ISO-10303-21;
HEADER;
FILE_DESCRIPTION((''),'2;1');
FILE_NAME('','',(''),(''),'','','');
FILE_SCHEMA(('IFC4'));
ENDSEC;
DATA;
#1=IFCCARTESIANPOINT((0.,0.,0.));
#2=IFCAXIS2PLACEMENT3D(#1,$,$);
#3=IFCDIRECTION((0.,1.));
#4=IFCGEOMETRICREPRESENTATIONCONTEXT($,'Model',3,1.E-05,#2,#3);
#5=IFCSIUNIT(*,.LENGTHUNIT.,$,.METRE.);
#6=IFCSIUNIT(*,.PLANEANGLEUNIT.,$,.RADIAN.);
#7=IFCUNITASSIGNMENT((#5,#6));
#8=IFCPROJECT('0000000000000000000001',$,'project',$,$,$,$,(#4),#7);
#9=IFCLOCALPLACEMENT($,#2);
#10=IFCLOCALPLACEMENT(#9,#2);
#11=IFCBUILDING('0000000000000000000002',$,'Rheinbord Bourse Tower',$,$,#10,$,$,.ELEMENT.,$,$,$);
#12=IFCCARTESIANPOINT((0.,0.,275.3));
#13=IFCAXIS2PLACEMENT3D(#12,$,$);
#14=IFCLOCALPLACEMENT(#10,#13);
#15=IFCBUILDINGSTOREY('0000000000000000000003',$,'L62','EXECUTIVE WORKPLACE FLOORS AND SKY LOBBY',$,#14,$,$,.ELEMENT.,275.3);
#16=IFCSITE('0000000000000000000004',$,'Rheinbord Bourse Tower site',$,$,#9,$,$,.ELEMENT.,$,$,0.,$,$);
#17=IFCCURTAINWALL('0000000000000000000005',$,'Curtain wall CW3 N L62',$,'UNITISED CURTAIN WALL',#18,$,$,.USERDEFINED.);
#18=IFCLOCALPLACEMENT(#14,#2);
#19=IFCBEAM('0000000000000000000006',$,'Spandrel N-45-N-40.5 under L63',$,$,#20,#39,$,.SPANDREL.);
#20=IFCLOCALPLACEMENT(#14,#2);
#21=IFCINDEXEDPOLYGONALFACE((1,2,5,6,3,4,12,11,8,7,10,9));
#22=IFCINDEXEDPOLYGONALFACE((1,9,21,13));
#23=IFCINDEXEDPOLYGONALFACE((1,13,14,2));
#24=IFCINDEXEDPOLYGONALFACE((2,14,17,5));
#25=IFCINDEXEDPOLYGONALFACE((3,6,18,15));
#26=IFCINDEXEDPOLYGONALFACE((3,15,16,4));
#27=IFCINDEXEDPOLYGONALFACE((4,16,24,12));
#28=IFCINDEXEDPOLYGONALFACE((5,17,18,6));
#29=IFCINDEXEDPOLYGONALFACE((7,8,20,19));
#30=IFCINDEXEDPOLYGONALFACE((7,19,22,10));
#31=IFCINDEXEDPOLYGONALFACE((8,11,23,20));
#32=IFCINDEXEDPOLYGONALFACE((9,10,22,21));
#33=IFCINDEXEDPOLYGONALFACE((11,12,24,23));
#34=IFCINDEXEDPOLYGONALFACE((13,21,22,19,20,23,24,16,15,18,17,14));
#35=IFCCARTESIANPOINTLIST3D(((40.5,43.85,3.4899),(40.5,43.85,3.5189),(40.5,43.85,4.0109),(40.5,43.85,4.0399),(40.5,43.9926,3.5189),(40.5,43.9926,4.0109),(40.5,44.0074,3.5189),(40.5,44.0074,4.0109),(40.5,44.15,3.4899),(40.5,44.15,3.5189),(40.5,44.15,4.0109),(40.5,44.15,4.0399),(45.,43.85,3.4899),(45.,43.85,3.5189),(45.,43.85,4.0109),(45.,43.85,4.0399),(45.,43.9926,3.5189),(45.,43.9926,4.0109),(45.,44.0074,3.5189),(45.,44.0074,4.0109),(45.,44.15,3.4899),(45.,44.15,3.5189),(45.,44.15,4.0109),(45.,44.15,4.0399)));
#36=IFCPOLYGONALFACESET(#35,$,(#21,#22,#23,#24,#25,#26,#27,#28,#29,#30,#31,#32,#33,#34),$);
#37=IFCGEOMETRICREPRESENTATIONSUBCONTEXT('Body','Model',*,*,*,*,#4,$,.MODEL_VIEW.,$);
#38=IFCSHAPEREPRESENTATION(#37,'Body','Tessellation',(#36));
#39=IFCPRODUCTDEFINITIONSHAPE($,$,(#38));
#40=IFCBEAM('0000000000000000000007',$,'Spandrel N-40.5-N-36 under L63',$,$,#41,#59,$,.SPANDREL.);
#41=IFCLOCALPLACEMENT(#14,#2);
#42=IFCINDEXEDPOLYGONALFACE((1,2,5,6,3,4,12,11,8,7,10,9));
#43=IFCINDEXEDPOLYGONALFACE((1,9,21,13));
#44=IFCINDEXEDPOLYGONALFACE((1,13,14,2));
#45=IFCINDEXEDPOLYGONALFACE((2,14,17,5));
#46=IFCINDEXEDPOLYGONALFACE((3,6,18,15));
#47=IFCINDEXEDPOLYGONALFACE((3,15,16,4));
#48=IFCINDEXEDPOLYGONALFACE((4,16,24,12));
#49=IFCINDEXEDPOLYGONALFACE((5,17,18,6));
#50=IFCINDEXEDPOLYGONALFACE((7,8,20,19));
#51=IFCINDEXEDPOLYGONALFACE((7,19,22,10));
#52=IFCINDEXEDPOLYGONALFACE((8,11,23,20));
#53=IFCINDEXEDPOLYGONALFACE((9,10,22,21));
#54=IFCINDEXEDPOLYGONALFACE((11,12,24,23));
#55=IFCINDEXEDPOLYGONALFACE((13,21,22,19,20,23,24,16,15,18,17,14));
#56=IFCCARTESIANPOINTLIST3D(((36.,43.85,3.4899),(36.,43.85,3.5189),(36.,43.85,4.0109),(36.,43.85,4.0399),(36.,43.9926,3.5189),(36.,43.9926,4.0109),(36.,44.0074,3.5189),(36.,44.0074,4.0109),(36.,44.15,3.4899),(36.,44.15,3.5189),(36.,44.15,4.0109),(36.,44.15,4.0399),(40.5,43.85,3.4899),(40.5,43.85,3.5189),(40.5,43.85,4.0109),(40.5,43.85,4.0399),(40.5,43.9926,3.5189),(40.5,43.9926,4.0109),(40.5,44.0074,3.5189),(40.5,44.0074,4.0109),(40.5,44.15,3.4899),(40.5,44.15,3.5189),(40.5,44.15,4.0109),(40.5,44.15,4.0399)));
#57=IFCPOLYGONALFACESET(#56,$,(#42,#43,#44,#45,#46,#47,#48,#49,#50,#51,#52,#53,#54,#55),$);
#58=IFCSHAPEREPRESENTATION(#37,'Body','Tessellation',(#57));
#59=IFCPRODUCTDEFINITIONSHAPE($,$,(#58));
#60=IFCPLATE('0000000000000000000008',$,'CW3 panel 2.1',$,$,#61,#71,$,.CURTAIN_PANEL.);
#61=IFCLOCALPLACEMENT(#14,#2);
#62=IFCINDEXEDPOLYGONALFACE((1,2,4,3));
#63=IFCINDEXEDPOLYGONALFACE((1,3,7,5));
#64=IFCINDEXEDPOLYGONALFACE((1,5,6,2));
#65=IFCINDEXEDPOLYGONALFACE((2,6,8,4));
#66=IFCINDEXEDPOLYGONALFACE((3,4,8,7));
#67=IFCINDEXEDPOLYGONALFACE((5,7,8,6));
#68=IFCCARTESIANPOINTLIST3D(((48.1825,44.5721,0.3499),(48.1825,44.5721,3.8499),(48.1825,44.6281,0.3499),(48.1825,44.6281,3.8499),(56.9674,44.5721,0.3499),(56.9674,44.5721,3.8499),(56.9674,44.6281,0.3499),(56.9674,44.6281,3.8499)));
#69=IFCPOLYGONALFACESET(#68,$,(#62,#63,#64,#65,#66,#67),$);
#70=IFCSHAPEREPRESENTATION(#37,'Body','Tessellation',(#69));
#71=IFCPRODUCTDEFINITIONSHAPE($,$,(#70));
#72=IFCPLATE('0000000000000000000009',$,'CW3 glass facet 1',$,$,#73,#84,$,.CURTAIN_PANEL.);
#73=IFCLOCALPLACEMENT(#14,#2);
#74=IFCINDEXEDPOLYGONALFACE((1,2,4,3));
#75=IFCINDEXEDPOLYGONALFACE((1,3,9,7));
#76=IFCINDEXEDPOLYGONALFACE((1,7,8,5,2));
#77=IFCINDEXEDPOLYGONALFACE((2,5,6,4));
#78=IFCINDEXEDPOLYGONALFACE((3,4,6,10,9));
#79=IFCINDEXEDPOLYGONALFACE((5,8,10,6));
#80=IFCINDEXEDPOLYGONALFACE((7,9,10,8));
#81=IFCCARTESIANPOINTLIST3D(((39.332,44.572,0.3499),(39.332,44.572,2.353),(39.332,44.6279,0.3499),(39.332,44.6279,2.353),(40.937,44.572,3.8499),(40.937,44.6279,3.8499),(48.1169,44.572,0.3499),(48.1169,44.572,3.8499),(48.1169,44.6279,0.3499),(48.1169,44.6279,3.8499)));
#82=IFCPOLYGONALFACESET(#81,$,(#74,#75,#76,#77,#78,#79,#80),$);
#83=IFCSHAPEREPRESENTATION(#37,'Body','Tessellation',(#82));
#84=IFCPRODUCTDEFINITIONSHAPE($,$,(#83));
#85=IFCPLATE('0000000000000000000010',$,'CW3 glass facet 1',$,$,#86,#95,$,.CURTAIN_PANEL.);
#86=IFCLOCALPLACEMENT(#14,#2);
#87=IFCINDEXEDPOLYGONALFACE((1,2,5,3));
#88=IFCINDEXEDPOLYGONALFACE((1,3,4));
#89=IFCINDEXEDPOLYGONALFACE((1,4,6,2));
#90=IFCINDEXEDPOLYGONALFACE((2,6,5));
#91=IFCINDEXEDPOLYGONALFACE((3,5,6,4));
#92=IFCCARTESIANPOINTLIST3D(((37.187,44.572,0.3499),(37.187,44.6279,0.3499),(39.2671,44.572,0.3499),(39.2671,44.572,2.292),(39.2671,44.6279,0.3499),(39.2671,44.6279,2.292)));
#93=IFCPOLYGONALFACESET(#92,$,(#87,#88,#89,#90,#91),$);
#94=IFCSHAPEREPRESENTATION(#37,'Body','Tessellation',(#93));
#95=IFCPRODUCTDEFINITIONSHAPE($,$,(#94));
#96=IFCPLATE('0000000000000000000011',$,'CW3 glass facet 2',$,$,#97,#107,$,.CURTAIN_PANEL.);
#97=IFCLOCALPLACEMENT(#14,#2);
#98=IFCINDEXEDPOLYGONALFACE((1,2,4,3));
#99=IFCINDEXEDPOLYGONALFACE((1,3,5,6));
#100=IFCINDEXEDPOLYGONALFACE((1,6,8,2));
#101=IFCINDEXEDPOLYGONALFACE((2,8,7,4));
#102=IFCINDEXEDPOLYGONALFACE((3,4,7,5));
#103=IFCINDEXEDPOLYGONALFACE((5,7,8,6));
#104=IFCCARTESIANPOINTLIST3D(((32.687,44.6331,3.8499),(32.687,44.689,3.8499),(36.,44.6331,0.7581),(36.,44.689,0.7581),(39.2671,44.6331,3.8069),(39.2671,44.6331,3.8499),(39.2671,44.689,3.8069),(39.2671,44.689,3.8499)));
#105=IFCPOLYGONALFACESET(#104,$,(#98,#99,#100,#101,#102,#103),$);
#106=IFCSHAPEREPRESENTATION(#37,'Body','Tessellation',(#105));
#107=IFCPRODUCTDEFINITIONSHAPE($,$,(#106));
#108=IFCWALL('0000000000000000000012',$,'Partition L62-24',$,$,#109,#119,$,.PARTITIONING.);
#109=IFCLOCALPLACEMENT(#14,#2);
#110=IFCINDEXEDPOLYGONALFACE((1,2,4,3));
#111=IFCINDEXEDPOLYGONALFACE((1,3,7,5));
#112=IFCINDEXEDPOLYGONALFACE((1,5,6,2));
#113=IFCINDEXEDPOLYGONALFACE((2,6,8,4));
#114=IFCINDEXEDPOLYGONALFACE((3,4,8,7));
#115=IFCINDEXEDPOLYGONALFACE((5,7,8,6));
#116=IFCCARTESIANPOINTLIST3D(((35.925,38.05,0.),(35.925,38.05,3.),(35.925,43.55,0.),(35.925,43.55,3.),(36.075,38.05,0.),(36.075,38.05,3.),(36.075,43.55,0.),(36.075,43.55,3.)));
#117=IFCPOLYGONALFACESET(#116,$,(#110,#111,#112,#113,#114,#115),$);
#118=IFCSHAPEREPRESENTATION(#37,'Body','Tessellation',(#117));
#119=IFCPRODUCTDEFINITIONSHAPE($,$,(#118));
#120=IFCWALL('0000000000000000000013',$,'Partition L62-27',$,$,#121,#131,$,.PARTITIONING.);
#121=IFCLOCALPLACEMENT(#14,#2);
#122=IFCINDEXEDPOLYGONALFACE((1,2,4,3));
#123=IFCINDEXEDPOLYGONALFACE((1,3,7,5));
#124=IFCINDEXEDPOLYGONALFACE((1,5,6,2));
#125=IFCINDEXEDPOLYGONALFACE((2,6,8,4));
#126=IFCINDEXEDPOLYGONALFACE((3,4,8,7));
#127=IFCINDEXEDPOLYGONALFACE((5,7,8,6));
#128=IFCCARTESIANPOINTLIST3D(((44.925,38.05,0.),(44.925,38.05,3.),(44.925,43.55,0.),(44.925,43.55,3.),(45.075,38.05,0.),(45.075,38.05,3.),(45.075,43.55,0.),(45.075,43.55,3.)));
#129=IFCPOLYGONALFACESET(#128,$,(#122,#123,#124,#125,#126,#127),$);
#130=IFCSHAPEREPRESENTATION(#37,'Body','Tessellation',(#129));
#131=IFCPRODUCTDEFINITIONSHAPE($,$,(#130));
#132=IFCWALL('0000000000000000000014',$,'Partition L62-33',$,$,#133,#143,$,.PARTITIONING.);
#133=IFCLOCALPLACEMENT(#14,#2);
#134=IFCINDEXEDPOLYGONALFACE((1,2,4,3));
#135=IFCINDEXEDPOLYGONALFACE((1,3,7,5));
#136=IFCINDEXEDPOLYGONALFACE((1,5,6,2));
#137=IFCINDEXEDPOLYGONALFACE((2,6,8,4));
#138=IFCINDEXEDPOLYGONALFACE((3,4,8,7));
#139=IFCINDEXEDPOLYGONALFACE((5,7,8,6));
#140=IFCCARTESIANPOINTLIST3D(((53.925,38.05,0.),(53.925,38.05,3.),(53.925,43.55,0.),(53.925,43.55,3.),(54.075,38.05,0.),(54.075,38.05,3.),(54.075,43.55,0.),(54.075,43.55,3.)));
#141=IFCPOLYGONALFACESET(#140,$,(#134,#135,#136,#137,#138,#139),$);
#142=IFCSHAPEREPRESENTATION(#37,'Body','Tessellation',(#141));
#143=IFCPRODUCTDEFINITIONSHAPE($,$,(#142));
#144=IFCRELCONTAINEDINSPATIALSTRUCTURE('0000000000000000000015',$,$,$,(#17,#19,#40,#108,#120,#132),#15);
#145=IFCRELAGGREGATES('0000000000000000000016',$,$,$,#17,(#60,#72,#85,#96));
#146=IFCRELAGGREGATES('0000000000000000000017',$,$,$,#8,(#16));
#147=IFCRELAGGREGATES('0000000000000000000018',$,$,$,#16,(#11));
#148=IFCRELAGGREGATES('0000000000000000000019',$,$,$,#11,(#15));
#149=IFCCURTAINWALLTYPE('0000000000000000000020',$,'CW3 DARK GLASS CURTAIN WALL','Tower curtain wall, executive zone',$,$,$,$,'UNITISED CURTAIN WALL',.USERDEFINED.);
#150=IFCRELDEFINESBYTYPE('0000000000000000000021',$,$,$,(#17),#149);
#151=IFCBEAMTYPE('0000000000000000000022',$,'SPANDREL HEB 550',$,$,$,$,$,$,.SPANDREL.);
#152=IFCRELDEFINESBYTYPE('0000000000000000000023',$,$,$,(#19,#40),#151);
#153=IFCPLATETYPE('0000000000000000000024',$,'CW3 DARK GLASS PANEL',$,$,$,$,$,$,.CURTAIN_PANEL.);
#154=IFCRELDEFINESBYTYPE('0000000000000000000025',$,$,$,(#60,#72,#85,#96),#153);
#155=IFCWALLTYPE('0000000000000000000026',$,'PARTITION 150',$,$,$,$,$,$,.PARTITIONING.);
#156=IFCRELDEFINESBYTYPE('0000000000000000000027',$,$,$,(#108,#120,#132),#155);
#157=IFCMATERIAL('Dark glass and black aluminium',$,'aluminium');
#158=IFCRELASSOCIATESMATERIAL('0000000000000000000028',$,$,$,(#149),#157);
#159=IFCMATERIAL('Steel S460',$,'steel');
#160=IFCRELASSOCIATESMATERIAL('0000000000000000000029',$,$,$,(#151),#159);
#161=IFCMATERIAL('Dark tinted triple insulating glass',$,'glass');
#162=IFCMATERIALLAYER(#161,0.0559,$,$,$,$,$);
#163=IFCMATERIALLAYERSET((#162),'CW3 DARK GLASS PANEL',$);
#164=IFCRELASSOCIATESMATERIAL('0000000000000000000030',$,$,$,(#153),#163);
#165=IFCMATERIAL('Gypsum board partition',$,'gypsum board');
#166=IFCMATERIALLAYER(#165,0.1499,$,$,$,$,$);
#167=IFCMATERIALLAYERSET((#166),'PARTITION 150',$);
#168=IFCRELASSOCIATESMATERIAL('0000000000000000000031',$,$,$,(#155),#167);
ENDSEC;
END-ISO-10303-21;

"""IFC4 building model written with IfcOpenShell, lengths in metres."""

from ifc_helpers import new_model, si_unit, direction, frame, frame_2d, origin, origin_2d, place, context, subcontext, project, spatial, polyline, rectangle, i_section, outline, extrude, material, layer, layer_set, material_profile, profile_set, type_object, element, aggregate, save


model = new_model("IFC4")

# Units and contexts
model_context = context("Model", 3, precision=1e-05, world=origin(), true_north=direction((0.0, 1.0)))
body_context = subcontext(model_context, "Body", "Model", "MODEL_VIEW")
ifc_project = project(units=[si_unit("LENGTHUNIT", "METRE"), si_unit("PLANEANGLEUNIT", "RADIAN")], contexts=[model_context])

# Site, building, storey
site_placement = place(None, origin())
site = spatial("IfcSite", under=ifc_project, at=site_placement, Name="Rheinbord Bourse Tower site", CompositionType="ELEMENT", RefElevation=0.0)
building_placement = place(site_placement, origin())
building = spatial("IfcBuilding", under=site, at=building_placement, Name="Rheinbord Bourse Tower", CompositionType="ELEMENT")
storey_placement = place(building_placement, frame((0.0, 0.0, 275.3)))
storey = spatial("IfcBuildingStorey", under=building, at=storey_placement, Name="L62", Description="EXECUTIVE WORKPLACE FLOORS AND SKY LOBBY", CompositionType="ELEMENT", Elevation=275.3)

# Curtain wall
ifc_material_1 = material(Name="Dark glass and black aluminium", Category="aluminium")
curtain_wall_type = type_object("IfcCurtainWallType", Name="CW3 DARK GLASS CURTAIN WALL", Description="Tower curtain wall, executive zone", ElementType="UNITISED CURTAIN WALL", PredefinedType="USERDEFINED", material=ifc_material_1)
curtain_wall_placement = place(storey_placement, origin())
curtain_wall = element("IfcCurtainWall", 1, at=curtain_wall_placement, inside=storey, type_object=curtain_wall_type, Name="Curtain wall CW3 N L62", ObjectType="UNITISED CURTAIN WALL", PredefinedType="USERDEFINED")

# Beams
ifc_material_2 = material(Name="Steel S460", Category="steel")
ifc_material_profile_1 = material_profile(ifc_material_2, i_section(OverallWidth=0.3, OverallDepth=0.55, WebThickness=0.0149, FlangeThickness=0.0291, at=origin_2d()), Name="HEB 550")
ifc_profile_set_1 = profile_set([ifc_material_profile_1], Name="Steel S460")
beam_type_1 = type_object("IfcBeamType", Name="SPANDREL HEB 550", PredefinedType="SPANDREL", material=ifc_profile_set_1)
for number, where, z_axis, x_axis, name in (
    (2, (45.0, 44.0, 3.7649), (-1.0, 0.0, 0.0), (0.0, -1.0, 0.0), "Spandrel N-45-N-40.5 under L63"),
    (3, (40.5, 44.0, 3.7649), (-1.0, 0.0, 0.0), (0.0, -1.0, 0.0), "Spandrel N-40.5-N-36 under L63"),
):
    element("IfcBeam", number, at=place(storey_placement, frame(where, z_axis=z_axis, x_axis=x_axis)), inside=storey, type_object=beam_type_1, Name=name, PredefinedType="SPANDREL", context=body_context, shape_type="SweptSolid", body=[
        extrude(i_section(OverallWidth=0.3, OverallDepth=0.55, WebThickness=0.0149, FlangeThickness=0.0291, at=origin_2d()), origin(), (0.0, 0.0, 1.0), 4.5),
    ])

# Plates
ifc_material_3 = material(Name="Dark tinted triple insulating glass", Category="glass")
ifc_layer_1 = layer(ifc_material_3, 0.0559)
ifc_layer_set_1 = layer_set([ifc_layer_1], Name="CW3 DARK GLASS PANEL")
plate_type = type_object("IfcPlateType", Name="CW3 DARK GLASS PANEL", PredefinedType="CURTAIN_PANEL", material=ifc_layer_set_1)
plate_1_placement = place(storey_placement, frame((52.575, 44.6001, 0.3499), z_axis=(0.0, 0.0, 1.0), x_axis=(-1.0, 0.0, 0.0)))
plate_1 = element("IfcPlate", 4, at=plate_1_placement, type_object=plate_type, Name="CW3 panel 2.1", PredefinedType="CURTAIN_PANEL", context=body_context, shape_type="SweptSolid", body=[
    extrude(rectangle(XDim=8.7849, YDim=0.0559, at=origin_2d()), origin(), (0.0, 0.0, 1.0), 3.5),
])
plate_2_placement = place(storey_placement, frame((39.332, 44.6279, 0.3499), z_axis=(0.0, -1.0, 0.0), x_axis=(1.0, 0.0, 0.0)))
plate_2 = element("IfcPlate", 5, at=plate_2_placement, type_object=plate_type, Name="CW3 glass facet 1", PredefinedType="CURTAIN_PANEL", context=body_context, shape_type="SweptSolid", body=[
    extrude(outline(polyline([(0.0, 0.0), (8.7849, 0.0), (8.7849, 3.5), (1.605, 3.5), (0.0, 2.0032), (0.0, 0.0)])), origin(), (0.0, 0.0, 1.0), 0.0559),
])
plate_3_placement = place(storey_placement, frame((39.2671, 44.6279, 0.3499), z_axis=(0.0, -1.0, 0.0), x_axis=(0.0, 0.0, 1.0)))
plate_3 = element("IfcPlate", 6, at=plate_3_placement, type_object=plate_type, Name="CW3 glass facet 1", PredefinedType="CURTAIN_PANEL", context=body_context, shape_type="SweptSolid", body=[
    extrude(outline(polyline([(0.0, 0.0), (1.9421, 0.0), (0.0, 2.0801), (0.0, 0.0)])), origin(), (0.0, 0.0, 1.0), 0.0559),
])
plate_4_placement = place(storey_placement, frame((39.2671, 44.689, 3.8499), z_axis=(0.0, -1.0, 0.0), x_axis=(-1.0, 0.0, 0.0)))
plate_4 = element("IfcPlate", 7, at=plate_4_placement, type_object=plate_type, Name="CW3 glass facet 2", PredefinedType="CURTAIN_PANEL", context=body_context, shape_type="SweptSolid", body=[
    extrude(outline(polyline([(0.0, 0.0), (6.5801, 0.0), (3.2671, 3.0918), (0.0, 0.043), (0.0, 0.0)])), origin(), (0.0, 0.0, 1.0), 0.0559),
])
aggregate(curtain_wall, [plate_1, plate_2, plate_3, plate_4])

# Walls
ifc_material_4 = material(Name="Gypsum board partition", Category="gypsum board")
ifc_layer_2 = layer(ifc_material_4, 0.1499)
ifc_layer_set_2 = layer_set([ifc_layer_2], Name="PARTITION 150")
wall_type = type_object("IfcWallType", Name="PARTITION 150", PredefinedType="PARTITIONING", material=ifc_layer_set_2)
for number, where, z_axis, x_axis, name in (
    (8, (36.0, 38.05, 0.0), (0.0, 0.0, 1.0), (0.0, 1.0, 0.0), "Partition L62-24"),
    (9, (45.0, 38.05, 0.0), (0.0, 0.0, 1.0), (0.0, 1.0, 0.0), "Partition L62-27"),
    (10, (54.0, 38.05, 0.0), (0.0, 0.0, 1.0), (0.0, 1.0, 0.0), "Partition L62-33"),
):
    element("IfcWall", number, at=place(storey_placement, frame(where, z_axis=z_axis, x_axis=x_axis)), inside=storey, type_object=wall_type, Name=name, PredefinedType="PARTITIONING", context=body_context, shape_type="SweptSolid", body=[
        extrude(rectangle(XDim=5.5, YDim=0.1499, at=frame_2d((2.75, 0.0))), origin(), (0.0, 0.0, 1.0), 3.0),
    ])

save(model, "model.ifc")
